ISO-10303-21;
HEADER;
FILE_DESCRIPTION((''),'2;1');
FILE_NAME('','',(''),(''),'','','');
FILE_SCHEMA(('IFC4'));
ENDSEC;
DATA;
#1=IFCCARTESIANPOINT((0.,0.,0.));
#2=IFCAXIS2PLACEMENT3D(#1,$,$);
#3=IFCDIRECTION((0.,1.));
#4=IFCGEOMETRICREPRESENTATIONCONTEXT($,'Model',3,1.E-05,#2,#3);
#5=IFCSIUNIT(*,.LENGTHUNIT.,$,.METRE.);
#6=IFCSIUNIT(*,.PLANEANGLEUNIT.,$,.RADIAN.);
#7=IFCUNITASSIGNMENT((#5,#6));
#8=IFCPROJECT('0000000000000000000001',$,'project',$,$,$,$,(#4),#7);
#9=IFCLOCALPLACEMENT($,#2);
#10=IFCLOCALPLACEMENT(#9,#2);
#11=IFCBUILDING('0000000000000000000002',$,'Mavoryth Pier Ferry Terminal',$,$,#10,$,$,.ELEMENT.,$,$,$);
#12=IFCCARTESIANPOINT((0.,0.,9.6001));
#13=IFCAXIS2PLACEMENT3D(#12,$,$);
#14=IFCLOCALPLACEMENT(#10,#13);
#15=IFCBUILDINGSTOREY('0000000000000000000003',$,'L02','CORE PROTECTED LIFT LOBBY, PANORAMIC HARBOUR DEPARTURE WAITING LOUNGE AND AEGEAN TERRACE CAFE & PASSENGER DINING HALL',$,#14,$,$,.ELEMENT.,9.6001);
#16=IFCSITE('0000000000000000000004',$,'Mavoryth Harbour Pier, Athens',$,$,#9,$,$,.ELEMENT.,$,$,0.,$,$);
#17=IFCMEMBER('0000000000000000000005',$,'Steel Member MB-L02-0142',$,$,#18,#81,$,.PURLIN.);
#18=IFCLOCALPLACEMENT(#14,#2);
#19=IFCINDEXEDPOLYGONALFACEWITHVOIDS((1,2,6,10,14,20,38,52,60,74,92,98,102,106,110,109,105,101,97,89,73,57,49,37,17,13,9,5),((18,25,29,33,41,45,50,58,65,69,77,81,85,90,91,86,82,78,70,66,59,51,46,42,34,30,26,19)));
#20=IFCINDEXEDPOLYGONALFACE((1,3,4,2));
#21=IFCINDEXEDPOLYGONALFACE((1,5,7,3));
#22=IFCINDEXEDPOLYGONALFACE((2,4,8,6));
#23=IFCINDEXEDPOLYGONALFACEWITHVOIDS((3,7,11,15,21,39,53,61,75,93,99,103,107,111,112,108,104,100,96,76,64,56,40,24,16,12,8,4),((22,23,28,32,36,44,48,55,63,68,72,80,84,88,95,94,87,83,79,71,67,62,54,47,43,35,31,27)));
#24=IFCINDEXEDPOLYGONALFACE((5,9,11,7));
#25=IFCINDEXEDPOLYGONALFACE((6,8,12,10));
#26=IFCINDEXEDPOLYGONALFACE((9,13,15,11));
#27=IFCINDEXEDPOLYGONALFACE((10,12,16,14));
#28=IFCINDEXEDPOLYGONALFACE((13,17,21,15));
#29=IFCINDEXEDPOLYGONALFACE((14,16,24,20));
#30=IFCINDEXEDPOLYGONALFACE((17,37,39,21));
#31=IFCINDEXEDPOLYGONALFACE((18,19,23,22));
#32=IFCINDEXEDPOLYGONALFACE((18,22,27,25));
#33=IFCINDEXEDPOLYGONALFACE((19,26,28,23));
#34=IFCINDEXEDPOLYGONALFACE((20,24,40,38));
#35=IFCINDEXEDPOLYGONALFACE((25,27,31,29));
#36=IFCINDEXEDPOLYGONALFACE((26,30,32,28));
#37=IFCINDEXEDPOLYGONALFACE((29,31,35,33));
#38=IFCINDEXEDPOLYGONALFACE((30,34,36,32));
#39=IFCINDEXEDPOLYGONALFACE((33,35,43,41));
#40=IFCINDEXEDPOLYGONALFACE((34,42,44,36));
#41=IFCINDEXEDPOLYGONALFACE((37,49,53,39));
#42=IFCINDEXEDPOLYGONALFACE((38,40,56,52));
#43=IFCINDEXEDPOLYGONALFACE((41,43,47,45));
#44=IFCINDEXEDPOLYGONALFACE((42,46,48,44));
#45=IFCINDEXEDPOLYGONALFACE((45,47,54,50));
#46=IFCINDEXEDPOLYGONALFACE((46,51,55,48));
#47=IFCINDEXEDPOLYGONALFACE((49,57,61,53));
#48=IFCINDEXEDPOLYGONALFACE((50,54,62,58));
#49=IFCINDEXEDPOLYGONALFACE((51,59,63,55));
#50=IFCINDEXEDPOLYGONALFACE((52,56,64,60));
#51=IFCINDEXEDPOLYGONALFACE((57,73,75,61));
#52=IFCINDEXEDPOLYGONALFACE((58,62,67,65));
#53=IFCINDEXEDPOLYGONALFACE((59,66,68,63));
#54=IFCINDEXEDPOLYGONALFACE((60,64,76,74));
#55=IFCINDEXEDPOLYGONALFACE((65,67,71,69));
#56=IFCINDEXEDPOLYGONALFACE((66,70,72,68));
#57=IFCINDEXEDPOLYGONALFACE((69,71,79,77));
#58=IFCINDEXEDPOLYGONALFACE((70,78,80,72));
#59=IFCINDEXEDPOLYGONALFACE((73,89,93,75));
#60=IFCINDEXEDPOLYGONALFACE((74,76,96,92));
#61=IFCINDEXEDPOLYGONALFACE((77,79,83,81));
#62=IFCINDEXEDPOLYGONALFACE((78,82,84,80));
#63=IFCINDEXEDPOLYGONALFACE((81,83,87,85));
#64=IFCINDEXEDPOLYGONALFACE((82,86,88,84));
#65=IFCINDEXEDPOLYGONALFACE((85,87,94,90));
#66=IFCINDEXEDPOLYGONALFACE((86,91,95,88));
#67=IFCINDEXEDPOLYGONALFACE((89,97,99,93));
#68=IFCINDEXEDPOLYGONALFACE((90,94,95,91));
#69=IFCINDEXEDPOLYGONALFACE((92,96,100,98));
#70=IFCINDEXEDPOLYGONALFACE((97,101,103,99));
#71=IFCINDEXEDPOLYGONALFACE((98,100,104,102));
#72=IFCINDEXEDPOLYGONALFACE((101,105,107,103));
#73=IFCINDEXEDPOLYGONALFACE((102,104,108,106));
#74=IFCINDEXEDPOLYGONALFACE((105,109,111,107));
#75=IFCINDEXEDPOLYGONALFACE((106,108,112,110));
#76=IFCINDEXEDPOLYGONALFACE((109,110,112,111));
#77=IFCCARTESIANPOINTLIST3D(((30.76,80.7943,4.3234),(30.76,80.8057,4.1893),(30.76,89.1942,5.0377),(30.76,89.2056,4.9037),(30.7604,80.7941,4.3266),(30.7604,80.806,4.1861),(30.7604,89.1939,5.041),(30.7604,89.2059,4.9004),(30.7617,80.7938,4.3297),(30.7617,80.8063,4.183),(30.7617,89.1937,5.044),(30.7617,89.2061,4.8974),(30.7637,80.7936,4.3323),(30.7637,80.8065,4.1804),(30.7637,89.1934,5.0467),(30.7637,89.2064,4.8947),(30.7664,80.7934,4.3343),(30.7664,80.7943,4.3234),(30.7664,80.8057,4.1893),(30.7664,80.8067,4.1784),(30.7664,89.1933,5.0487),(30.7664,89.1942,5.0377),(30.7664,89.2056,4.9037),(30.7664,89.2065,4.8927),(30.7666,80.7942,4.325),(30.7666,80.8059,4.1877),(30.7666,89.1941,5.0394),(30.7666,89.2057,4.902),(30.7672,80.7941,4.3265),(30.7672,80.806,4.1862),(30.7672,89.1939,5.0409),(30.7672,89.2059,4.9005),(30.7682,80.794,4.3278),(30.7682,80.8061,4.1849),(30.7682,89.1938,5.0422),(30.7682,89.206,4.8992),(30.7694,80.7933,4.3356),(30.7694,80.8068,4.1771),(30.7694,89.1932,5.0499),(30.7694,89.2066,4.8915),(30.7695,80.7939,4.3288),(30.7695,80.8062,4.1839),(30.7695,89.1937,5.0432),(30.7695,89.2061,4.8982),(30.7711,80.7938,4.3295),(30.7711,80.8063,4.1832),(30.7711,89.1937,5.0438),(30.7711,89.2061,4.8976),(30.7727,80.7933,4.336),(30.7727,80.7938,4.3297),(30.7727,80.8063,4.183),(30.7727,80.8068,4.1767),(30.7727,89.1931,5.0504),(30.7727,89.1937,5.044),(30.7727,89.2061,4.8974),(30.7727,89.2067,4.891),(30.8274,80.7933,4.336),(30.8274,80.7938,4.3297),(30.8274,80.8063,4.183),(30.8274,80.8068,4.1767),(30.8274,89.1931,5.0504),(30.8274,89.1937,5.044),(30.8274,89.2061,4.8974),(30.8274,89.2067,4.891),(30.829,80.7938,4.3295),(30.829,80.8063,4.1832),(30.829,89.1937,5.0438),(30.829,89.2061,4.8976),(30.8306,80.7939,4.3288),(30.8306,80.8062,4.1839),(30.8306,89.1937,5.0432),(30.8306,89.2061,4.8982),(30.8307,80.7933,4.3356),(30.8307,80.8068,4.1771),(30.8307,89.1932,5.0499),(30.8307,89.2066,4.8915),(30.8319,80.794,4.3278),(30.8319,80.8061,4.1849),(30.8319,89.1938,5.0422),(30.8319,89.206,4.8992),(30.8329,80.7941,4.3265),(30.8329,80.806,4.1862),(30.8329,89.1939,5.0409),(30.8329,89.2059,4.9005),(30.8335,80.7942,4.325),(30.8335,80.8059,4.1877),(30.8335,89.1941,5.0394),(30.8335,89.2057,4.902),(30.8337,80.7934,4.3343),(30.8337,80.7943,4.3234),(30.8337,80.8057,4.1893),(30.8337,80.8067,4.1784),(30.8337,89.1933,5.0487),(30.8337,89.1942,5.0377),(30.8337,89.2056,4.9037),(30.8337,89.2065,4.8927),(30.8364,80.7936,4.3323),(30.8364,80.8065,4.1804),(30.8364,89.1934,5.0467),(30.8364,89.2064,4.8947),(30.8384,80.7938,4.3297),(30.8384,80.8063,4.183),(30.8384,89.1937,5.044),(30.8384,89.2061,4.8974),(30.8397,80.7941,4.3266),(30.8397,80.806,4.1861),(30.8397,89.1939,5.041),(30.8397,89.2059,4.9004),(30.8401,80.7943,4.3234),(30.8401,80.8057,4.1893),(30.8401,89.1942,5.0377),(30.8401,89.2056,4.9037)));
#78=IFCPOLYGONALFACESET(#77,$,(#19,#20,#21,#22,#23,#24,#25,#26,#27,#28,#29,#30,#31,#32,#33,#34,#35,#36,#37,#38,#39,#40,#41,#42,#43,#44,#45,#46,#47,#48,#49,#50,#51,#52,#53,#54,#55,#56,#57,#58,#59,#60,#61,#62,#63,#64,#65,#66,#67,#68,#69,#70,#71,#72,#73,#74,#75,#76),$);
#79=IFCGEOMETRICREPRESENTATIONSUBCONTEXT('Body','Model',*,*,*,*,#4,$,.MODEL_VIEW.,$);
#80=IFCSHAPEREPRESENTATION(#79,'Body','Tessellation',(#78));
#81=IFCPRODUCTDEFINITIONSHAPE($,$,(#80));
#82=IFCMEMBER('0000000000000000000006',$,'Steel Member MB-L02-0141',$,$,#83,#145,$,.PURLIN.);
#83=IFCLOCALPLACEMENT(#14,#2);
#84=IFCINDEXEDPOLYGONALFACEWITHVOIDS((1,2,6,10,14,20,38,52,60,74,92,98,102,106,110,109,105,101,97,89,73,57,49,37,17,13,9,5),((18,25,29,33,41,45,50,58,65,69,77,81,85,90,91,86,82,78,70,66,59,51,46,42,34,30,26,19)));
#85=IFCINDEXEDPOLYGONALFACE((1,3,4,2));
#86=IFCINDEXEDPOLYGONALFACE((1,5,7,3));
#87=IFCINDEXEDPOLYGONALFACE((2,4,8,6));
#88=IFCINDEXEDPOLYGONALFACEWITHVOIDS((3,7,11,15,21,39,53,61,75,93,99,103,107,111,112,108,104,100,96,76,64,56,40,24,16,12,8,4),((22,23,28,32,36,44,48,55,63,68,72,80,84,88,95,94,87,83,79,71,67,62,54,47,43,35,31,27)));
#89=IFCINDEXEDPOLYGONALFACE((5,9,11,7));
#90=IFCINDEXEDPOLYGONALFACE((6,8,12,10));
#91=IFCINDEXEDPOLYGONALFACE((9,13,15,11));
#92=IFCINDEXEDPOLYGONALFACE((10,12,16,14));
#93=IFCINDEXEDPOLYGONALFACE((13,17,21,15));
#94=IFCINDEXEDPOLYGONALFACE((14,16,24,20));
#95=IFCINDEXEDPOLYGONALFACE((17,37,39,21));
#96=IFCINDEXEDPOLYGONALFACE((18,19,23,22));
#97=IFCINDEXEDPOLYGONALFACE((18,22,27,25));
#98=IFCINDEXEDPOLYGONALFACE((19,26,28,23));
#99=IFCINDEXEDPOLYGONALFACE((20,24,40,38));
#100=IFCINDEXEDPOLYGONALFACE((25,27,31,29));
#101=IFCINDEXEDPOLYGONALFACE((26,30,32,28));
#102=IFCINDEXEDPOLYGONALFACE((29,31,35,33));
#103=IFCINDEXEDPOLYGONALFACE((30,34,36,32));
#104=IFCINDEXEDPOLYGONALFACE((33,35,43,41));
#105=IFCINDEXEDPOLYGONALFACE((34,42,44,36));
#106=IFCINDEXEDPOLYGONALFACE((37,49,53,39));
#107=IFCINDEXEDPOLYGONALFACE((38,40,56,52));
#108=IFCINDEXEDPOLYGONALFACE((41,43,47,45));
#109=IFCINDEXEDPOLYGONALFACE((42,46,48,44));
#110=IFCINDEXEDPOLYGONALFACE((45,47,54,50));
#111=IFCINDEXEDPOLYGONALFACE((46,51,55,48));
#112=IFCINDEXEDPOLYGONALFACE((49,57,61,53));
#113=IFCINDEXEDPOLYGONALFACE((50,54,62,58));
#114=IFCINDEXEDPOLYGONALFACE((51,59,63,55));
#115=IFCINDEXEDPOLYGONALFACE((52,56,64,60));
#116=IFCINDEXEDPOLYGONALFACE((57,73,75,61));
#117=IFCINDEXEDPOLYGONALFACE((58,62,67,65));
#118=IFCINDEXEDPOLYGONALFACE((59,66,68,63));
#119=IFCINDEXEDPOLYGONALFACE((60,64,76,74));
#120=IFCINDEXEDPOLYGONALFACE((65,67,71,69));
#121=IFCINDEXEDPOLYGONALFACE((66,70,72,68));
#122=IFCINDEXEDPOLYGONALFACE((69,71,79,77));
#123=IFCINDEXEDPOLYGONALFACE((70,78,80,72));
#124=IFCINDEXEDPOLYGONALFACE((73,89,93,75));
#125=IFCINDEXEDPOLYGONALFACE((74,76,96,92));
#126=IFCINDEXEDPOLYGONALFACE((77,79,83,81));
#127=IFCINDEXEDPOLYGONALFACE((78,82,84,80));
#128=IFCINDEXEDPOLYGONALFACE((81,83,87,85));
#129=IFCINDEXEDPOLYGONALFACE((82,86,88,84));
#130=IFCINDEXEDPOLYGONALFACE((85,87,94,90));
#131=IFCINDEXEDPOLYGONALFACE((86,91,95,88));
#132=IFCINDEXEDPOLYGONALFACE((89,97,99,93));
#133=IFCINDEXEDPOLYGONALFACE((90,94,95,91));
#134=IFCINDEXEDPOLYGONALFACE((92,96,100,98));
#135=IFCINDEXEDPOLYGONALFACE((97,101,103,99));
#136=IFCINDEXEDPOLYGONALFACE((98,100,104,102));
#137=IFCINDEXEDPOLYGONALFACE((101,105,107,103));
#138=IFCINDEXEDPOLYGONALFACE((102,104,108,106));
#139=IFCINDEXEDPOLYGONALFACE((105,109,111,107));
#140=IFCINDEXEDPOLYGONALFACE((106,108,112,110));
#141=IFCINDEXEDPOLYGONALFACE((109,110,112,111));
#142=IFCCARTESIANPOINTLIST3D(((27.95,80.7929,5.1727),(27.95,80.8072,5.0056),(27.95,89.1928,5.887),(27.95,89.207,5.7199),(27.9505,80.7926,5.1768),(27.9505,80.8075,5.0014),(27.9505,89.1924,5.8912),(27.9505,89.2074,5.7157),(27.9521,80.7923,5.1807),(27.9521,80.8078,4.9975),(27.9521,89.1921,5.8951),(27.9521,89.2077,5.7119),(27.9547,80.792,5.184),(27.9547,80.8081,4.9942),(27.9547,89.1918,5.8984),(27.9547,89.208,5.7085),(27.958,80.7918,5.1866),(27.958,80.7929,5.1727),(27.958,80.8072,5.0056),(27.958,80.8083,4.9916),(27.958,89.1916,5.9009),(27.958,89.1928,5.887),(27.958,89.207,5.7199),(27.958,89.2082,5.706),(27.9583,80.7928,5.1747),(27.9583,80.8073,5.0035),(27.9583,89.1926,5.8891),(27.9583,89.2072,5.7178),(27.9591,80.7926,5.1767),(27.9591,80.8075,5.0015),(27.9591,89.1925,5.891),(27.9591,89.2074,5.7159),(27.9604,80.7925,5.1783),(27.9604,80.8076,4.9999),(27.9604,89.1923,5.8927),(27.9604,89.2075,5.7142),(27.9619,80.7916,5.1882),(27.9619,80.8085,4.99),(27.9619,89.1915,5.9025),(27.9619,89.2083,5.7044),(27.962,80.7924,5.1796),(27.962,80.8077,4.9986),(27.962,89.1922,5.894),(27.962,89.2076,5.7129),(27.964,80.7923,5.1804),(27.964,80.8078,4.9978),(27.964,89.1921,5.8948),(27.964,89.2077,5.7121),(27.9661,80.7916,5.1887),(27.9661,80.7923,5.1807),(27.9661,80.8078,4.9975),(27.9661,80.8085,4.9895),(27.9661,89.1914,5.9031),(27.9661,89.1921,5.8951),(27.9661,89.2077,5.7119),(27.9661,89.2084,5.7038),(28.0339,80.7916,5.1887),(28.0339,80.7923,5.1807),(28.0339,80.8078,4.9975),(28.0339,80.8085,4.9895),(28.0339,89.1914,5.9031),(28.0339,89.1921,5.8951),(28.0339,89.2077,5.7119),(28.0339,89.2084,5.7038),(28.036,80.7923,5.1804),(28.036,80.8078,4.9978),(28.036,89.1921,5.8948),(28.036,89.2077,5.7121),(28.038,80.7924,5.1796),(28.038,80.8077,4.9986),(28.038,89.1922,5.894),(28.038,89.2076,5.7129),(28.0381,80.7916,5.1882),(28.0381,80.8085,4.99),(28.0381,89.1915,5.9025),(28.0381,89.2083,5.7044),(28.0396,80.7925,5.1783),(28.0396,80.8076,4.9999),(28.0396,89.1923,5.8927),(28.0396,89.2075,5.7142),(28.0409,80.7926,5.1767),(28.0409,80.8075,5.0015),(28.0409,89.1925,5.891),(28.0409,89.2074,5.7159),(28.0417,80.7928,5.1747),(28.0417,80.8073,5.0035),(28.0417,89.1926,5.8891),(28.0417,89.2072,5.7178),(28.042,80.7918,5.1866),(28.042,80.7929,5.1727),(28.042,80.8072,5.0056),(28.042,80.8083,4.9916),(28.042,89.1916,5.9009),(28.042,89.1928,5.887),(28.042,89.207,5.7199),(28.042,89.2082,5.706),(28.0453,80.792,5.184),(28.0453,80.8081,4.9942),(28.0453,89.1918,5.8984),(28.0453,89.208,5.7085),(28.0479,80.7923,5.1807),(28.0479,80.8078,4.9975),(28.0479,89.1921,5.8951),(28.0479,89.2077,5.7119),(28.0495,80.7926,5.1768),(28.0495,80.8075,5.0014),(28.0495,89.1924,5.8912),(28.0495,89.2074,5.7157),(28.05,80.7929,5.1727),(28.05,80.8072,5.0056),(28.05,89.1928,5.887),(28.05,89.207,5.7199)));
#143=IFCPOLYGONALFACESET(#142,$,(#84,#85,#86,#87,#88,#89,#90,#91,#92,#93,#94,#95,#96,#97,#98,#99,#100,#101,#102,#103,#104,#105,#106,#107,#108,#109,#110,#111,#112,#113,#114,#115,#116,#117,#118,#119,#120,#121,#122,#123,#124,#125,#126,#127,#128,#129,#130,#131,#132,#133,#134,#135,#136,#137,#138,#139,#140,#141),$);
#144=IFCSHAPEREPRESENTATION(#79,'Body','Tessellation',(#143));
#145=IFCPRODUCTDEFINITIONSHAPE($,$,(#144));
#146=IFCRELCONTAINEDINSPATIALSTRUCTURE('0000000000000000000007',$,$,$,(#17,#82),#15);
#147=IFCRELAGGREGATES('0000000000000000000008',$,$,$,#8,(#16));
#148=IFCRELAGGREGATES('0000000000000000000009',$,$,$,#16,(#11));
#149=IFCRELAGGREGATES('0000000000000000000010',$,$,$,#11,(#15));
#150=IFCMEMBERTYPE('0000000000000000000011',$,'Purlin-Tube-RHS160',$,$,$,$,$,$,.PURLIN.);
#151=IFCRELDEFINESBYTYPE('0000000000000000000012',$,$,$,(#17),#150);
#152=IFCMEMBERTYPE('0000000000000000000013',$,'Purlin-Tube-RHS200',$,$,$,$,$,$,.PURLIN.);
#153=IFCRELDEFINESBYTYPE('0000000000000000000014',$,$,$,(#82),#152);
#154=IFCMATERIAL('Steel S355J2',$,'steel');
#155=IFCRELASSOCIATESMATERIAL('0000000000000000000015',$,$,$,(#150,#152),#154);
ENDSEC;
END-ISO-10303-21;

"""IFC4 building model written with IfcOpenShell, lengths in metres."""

from ifc_helpers import new_model, si_unit, direction, frame, origin, origin_2d, place, context, subcontext, project, spatial, hollow_rectangle, extrude, material, material_profile, profile_set, type_object, element, save


model = new_model("IFC4")

# Units and contexts
model_context = context("Model", 3, precision=1e-05, world=origin(), true_north=direction((0.0, 1.0)))
body_context = subcontext(model_context, "Body", "Model", "MODEL_VIEW")
ifc_project = project(units=[si_unit("LENGTHUNIT", "METRE"), si_unit("PLANEANGLEUNIT", "RADIAN")], contexts=[model_context])

# Site, building, storey
site_placement = place(None, origin())
site = spatial("IfcSite", under=ifc_project, at=site_placement, Name="Mavoryth Harbour Pier, Athens", CompositionType="ELEMENT", RefElevation=0.0)
building_placement = place(site_placement, origin())
building = spatial("IfcBuilding", under=site, at=building_placement, Name="Mavoryth Pier Ferry Terminal", CompositionType="ELEMENT")
storey_placement = place(building_placement, frame((0.0, 0.0, 9.6001)))
storey = spatial("IfcBuildingStorey", under=building, at=storey_placement, Name="L02", Description="CORE PROTECTED LIFT LOBBY, PANORAMIC HARBOUR DEPARTURE WAITING LOUNGE AND AEGEAN TERRACE CAFE & PASSENGER DINING HALL", CompositionType="ELEMENT", Elevation=9.6001)

# Shared definitions
ifc_material_1 = material(Name="Steel S355J2", Category="steel")

# Members
ifc_material_profile_1 = material_profile(ifc_material_1, hollow_rectangle(XDim=0.0801, YDim=0.1599, WallThickness=0.0063, InnerFilletRadius=0.0063, OuterFilletRadius=0.0127, at=origin_2d()), Name="RHS 160x80x6.3", Category="steel")
ifc_profile_set_1 = profile_set([ifc_material_profile_1], Name="Steel S355J2 - RHS 160x80x6.3")
member_type_1 = type_object("IfcMemberType", Name="Purlin-Tube-RHS160", PredefinedType="PURLIN", material=ifc_profile_set_1)
member_1_placement = place(storey_placement, frame((30.8, 80.8, 4.2563), z_axis=(0.0, 0.996403, 0.084737), x_axis=(-1.0, 0.0, 0.0)))
element("IfcMember", 1, at=member_1_placement, inside=storey, type_object=member_type_1, Name="Steel Member MB-L02-0142", PredefinedType="PURLIN", context=body_context, shape_type="SweptSolid", body=[
    extrude(hollow_rectangle(XDim=0.0801, YDim=0.1599, WallThickness=0.0063, InnerFilletRadius=0.0063, OuterFilletRadius=0.0127, at=origin_2d()), origin(), (0.0, 0.0, 1.0), 8.4302),
])
ifc_material_profile_2 = material_profile(ifc_material_1, hollow_rectangle(XDim=0.1001, YDim=0.2, WallThickness=0.0081, InnerFilletRadius=0.0081, OuterFilletRadius=0.0161, at=origin_2d()), Name="RHS 200x100x8.0", Category="steel")
ifc_profile_set_2 = profile_set([ifc_material_profile_2], Name="Steel S355J2 - RHS 200x100x8.0")
member_type_2 = type_object("IfcMemberType", Name="Purlin-Tube-RHS200", PredefinedType="PURLIN", material=ifc_profile_set_2)
member_2_placement = place(storey_placement, frame((28.0, 80.8, 5.0891), z_axis=(0.0, 0.996403, 0.084737), x_axis=(-1.0, 0.0, 0.0)))
element("IfcMember", 2, at=member_2_placement, inside=storey, type_object=member_type_2, Name="Steel Member MB-L02-0141", PredefinedType="PURLIN", context=body_context, shape_type="SweptSolid", body=[
    extrude(hollow_rectangle(XDim=0.1001, YDim=0.2, WallThickness=0.0081, InnerFilletRadius=0.0081, OuterFilletRadius=0.0161, at=origin_2d()), origin(), (0.0, 0.0, 1.0), 8.4302),
])

save(model, "model.ifc")
